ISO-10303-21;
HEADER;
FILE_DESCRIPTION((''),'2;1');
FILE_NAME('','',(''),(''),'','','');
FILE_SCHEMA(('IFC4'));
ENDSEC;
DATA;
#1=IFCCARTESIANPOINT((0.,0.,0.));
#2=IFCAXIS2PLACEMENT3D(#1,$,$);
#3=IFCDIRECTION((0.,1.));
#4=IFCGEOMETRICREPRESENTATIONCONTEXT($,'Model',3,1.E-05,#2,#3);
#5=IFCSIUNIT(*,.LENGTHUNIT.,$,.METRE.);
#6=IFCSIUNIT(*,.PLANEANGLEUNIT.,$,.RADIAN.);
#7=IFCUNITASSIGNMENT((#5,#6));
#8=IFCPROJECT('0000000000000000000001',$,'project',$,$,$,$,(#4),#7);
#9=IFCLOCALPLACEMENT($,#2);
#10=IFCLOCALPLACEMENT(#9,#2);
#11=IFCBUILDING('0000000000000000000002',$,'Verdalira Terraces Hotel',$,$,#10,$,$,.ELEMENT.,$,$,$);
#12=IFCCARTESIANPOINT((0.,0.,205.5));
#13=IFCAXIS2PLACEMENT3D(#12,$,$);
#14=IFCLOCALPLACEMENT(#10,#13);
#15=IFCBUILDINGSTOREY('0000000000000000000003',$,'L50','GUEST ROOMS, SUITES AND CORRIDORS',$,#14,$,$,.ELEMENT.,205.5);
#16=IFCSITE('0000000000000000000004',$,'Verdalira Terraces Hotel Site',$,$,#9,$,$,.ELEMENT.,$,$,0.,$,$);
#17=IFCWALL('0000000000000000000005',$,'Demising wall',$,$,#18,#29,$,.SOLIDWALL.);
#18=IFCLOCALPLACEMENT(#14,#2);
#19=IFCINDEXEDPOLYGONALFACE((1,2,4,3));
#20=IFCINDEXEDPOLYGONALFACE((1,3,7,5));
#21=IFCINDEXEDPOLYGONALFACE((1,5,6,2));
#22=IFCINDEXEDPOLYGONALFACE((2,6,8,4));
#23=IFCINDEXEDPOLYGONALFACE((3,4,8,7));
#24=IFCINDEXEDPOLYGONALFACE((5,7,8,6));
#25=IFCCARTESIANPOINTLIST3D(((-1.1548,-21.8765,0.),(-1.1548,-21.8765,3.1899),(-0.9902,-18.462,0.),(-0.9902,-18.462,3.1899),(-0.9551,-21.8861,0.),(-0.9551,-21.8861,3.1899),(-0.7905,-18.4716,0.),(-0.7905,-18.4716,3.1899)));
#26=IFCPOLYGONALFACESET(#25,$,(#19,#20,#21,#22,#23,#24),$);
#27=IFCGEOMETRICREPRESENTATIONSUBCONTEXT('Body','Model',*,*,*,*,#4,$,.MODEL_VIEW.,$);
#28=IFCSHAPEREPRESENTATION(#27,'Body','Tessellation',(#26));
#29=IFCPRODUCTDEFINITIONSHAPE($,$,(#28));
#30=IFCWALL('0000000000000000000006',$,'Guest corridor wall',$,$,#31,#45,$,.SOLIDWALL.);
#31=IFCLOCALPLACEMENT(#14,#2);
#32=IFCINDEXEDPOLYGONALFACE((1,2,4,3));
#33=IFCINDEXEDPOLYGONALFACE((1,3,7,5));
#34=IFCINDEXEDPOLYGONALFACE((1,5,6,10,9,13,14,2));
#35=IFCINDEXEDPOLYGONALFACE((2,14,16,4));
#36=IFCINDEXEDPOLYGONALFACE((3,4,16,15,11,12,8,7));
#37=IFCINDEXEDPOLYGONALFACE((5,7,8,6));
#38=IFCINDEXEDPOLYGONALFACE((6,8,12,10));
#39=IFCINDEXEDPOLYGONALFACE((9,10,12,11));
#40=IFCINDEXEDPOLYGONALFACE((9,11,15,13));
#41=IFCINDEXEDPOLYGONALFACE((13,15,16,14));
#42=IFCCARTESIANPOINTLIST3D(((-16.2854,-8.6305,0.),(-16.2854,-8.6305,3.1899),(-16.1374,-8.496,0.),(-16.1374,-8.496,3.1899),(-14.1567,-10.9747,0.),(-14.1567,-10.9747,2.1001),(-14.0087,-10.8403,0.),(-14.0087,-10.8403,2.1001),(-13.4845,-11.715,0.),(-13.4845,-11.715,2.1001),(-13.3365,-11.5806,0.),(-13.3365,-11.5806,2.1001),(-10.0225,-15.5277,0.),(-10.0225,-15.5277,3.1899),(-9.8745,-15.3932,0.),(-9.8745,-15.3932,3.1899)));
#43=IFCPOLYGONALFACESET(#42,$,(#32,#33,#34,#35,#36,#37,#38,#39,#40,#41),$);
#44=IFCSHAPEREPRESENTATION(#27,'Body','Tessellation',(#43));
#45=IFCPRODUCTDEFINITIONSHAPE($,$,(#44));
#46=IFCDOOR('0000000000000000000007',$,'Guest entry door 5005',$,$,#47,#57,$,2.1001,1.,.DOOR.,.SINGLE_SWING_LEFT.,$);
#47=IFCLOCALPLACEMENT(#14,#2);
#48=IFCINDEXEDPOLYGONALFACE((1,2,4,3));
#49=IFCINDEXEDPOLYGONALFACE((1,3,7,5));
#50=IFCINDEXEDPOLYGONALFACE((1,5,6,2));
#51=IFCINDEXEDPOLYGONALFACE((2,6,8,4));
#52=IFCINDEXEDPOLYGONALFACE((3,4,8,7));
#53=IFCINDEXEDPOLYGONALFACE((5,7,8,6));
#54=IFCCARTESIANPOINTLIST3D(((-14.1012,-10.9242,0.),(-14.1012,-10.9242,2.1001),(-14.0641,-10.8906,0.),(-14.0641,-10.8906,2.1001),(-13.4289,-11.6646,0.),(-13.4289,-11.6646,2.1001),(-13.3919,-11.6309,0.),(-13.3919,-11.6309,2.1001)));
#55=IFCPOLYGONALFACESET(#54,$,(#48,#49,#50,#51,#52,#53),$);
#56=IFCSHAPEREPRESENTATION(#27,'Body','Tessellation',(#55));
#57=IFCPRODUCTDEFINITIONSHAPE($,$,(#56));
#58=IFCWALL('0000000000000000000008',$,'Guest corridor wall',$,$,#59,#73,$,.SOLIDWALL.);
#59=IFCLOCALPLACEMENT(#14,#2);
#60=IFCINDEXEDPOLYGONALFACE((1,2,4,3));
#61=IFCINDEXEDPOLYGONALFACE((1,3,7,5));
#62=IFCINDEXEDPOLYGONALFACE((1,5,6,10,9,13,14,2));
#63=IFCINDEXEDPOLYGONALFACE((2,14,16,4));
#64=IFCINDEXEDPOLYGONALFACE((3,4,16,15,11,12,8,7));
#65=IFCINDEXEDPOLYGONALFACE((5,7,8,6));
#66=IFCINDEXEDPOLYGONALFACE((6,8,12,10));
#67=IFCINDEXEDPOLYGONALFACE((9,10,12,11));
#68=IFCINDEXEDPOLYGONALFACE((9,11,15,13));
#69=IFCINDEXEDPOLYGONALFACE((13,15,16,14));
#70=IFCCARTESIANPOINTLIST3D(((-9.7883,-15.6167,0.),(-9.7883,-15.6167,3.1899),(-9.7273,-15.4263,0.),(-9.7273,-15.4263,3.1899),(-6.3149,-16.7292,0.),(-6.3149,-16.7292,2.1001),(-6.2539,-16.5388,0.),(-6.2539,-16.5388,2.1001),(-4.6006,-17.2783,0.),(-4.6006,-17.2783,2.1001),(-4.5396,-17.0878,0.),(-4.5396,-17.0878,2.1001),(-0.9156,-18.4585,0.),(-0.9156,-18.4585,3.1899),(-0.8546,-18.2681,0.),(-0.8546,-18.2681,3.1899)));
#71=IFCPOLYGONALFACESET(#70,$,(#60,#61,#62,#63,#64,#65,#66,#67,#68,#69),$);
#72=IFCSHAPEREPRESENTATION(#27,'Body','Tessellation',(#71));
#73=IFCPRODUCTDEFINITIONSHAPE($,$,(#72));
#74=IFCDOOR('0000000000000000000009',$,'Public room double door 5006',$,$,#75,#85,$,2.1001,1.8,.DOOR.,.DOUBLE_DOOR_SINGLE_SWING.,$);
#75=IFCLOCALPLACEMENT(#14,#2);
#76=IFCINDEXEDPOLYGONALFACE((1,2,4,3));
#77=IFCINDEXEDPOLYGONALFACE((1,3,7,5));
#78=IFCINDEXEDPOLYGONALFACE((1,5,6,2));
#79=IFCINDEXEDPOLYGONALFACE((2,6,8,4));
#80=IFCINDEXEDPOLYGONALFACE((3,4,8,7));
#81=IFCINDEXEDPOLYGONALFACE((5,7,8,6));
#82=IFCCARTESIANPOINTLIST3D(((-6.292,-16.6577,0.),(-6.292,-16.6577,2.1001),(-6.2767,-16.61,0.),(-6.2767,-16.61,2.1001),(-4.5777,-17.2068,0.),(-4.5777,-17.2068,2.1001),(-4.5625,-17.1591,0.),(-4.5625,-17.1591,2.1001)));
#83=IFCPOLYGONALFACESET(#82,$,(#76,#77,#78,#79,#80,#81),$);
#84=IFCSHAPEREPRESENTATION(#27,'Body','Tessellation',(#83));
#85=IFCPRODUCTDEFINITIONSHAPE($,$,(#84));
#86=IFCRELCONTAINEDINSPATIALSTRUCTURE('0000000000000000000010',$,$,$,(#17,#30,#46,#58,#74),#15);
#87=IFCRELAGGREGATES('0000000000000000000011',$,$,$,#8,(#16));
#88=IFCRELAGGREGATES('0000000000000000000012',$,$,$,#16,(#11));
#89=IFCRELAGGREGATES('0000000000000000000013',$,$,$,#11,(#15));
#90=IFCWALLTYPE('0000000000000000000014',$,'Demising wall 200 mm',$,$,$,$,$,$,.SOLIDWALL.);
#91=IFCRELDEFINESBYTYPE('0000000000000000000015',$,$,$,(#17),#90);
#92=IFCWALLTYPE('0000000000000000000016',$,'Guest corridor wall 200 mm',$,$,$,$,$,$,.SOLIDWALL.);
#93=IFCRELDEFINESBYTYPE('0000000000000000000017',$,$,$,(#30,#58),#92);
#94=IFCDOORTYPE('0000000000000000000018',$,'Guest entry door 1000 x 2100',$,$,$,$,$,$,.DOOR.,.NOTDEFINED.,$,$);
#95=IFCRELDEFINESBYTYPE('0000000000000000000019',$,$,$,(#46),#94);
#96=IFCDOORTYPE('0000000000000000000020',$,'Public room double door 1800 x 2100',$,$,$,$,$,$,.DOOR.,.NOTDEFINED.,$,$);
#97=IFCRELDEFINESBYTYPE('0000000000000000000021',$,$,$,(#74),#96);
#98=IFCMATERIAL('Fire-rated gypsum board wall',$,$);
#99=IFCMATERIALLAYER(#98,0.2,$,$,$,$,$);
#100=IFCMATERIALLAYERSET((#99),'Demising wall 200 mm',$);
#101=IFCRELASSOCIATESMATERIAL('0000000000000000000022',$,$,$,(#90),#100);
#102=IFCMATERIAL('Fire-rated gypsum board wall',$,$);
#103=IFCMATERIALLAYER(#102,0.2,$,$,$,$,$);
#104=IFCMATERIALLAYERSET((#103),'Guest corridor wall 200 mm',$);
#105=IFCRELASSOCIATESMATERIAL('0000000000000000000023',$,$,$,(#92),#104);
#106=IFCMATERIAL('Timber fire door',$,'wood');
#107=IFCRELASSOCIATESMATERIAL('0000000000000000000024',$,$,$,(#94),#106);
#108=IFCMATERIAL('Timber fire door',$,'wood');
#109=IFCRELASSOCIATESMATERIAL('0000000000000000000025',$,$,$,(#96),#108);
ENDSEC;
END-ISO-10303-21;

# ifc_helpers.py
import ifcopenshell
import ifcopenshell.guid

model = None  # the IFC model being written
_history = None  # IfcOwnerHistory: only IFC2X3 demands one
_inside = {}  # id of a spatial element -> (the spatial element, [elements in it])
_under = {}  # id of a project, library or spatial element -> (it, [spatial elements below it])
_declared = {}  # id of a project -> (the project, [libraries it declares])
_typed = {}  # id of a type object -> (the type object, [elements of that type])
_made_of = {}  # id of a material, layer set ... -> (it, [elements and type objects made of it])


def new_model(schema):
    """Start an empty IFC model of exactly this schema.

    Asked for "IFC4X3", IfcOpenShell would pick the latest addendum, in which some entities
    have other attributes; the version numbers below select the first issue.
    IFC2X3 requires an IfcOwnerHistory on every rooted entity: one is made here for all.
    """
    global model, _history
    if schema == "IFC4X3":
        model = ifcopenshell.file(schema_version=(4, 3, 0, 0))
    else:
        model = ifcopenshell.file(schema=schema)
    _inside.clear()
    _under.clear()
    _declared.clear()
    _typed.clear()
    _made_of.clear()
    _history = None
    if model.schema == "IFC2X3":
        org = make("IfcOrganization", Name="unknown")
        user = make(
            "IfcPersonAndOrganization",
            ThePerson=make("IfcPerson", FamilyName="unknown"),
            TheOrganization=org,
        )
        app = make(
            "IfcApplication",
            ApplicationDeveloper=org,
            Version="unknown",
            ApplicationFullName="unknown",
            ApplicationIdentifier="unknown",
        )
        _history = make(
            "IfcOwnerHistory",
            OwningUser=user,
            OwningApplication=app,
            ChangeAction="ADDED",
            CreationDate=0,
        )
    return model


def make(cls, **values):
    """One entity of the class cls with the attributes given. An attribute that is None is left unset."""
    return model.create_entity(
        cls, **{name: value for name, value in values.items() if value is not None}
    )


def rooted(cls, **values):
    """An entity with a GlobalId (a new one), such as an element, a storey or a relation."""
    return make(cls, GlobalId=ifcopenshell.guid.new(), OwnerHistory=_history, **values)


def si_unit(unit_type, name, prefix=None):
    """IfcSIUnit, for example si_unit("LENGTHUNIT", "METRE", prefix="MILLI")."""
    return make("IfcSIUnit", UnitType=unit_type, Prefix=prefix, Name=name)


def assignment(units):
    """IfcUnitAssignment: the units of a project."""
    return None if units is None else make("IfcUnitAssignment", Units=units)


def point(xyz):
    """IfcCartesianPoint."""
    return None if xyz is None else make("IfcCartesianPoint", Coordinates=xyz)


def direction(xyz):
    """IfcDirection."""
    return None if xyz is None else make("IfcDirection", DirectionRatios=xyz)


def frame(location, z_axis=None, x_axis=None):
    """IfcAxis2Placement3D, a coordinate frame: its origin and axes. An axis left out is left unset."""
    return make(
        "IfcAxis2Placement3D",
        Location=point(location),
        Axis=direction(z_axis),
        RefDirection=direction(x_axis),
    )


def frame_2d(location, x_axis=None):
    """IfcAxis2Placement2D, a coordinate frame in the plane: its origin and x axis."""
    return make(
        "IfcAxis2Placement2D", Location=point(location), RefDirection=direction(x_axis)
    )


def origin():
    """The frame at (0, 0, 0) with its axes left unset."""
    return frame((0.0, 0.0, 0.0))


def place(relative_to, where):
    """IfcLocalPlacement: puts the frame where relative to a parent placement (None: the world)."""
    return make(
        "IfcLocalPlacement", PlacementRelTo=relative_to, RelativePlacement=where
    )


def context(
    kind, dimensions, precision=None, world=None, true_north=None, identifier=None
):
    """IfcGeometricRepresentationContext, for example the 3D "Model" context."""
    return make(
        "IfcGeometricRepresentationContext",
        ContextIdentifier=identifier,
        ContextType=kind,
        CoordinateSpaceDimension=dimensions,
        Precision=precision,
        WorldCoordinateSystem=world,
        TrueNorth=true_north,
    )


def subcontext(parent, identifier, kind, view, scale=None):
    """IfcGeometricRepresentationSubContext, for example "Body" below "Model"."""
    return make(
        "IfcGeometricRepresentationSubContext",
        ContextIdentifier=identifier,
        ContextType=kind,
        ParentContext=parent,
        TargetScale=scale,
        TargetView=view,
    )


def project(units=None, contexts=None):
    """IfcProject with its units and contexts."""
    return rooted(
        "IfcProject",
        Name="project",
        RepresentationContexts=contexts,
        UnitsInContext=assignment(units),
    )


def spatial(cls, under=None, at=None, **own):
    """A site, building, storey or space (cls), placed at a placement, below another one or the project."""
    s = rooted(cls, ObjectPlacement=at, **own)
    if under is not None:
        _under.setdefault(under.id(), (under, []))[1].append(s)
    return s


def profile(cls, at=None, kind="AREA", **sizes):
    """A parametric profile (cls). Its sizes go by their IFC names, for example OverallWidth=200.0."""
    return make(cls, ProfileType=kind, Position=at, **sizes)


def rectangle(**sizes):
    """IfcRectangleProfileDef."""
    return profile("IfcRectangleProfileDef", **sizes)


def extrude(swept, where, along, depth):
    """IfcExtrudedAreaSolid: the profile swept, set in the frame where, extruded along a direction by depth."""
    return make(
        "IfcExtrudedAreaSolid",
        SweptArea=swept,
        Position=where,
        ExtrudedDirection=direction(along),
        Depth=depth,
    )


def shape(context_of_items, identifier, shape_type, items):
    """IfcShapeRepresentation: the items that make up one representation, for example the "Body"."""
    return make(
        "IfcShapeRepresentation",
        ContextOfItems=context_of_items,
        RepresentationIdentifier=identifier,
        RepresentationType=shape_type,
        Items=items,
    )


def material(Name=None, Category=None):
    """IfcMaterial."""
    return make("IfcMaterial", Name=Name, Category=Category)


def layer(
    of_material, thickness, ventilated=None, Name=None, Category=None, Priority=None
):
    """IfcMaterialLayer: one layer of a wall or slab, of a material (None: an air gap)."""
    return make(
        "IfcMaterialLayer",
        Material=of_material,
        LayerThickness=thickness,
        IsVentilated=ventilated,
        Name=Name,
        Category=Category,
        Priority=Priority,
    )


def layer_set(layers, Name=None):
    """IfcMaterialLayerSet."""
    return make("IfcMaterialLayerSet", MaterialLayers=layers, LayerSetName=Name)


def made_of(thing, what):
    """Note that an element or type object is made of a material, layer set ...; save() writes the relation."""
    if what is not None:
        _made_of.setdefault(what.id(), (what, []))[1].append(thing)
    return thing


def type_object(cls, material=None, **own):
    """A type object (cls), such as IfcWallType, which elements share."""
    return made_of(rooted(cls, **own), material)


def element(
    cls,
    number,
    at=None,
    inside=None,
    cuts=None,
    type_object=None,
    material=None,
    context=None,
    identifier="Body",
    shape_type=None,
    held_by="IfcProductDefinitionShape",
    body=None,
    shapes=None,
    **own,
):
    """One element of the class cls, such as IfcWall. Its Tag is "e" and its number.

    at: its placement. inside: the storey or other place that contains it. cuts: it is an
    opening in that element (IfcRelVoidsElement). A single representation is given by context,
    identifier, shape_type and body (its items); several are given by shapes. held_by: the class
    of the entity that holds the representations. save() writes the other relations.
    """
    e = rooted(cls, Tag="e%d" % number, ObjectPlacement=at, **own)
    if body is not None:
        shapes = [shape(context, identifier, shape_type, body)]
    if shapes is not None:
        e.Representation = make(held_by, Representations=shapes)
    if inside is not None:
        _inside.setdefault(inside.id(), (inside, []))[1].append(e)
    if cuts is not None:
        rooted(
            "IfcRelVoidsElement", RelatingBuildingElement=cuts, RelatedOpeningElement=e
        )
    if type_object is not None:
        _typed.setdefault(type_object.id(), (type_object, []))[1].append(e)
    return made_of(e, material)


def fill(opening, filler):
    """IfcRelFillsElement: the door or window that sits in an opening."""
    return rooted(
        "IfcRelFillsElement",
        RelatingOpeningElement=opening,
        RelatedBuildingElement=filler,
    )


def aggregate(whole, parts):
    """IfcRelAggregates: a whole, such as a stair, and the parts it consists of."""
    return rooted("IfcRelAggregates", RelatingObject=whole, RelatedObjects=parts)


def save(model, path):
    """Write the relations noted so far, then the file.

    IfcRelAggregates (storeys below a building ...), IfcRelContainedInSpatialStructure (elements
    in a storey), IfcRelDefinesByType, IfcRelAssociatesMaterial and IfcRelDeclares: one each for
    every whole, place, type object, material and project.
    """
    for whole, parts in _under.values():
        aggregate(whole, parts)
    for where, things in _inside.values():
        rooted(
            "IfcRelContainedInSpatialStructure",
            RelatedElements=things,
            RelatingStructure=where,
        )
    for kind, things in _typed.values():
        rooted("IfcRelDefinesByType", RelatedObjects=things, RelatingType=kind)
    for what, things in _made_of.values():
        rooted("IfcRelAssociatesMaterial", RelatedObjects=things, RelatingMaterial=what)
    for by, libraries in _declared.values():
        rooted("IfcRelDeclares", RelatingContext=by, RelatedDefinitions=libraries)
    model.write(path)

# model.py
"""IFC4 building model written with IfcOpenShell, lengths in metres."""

from ifc_helpers import new_model, si_unit, direction, frame, frame_2d, origin, place, context, subcontext, project, spatial, rectangle, extrude, material, layer, layer_set, type_object, element, fill, save


model = new_model("IFC4")

# Units and contexts
model_context = context("Model", 3, precision=1e-05, world=origin(), true_north=direction((0.0, 1.0)))
body_context = subcontext(model_context, "Body", "Model", "MODEL_VIEW")
ifc_project = project(units=[si_unit("LENGTHUNIT", "METRE"), si_unit("PLANEANGLEUNIT", "RADIAN")], contexts=[model_context])

# Site, building, storey
site_placement = place(None, origin())
site = spatial("IfcSite", under=ifc_project, at=site_placement, Name="Verdalira Terraces Hotel Site", CompositionType="ELEMENT", RefElevation=0.0)
building_placement = place(site_placement, origin())
building = spatial("IfcBuilding", under=site, at=building_placement, Name="Verdalira Terraces Hotel", CompositionType="ELEMENT")
storey_placement = place(building_placement, frame((0.0, 0.0, 205.5)))
storey = spatial("IfcBuildingStorey", under=building, at=storey_placement, Name="L50", Description="GUEST ROOMS, SUITES AND CORRIDORS", CompositionType="ELEMENT", Elevation=205.5)

# Shared definitions
ifc_material_1 = material(Name="Fire-rated gypsum board wall")
ifc_layer_1 = layer(ifc_material_1, 0.2)
ifc_layer_set_1 = layer_set([ifc_layer_1], Name="Demising wall 200 mm")
wall_type_1 = type_object("IfcWallType", Name="Demising wall 200 mm", PredefinedType="SOLIDWALL", material=ifc_layer_set_1)

# Wall
wall_1_placement = place(storey_placement, frame((-0.8904, -18.4668, 0.0), z_axis=(0.0, 0.0, 1.0), x_axis=(-0.048135, -0.998841, 0.0)))
element("IfcWall", 1, at=wall_1_placement, inside=storey, type_object=wall_type_1, Name="Demising wall", PredefinedType="SOLIDWALL", context=body_context, shape_type="SweptSolid", body=[
    extrude(rectangle(XDim=3.4185, YDim=0.2, at=frame_2d((1.7092, 0.0))), origin(), (0.0, 0.0, 1.0), 3.1899),
])

# Walls, openings, doors
ifc_material_2 = material(Name="Fire-rated gypsum board wall")
ifc_layer_2 = layer(ifc_material_2, 0.2)
ifc_layer_set_2 = layer_set([ifc_layer_2], Name="Guest corridor wall 200 mm")
wall_type_2 = type_object("IfcWallType", Name="Guest corridor wall 200 mm", PredefinedType="SOLIDWALL", material=ifc_layer_set_2)
wall_2_placement = place(storey_placement, frame((-9.9485, -15.4604, 0.0), z_axis=(0.0, 0.0, 1.0), x_axis=(-0.672246, 0.740328, 0.0)))
wall_2 = element("IfcWall", 2, at=wall_2_placement, inside=storey, type_object=wall_type_2, Name="Guest corridor wall", PredefinedType="SOLIDWALL", context=body_context, shape_type="SweptSolid", body=[
    extrude(rectangle(XDim=9.3164, YDim=0.2, at=frame_2d((4.6582, 0.0))), origin(), (0.0, 0.0, 1.0), 3.1899),
])
opening_1_placement = place(wall_2_placement, frame((5.1499, 0.0, 0.0)))
opening_1 = element("IfcOpeningElement", 3, at=opening_1_placement, cuts=wall_2, PredefinedType="OPENING", context=body_context, shape_type="SweptSolid", body=[
    extrude(rectangle(XDim=1.0, YDim=2.1001, at=frame_2d((0.5, 1.05))), frame((0.0, 0.1099, 0.0), z_axis=(0.0, -1.0, 0.0), x_axis=(1.0, 0.0, 0.0)), (0.0, 0.0, 1.0), 0.22),
])
ifc_material_3 = material(Name="Timber fire door", Category="wood")
door_type_1 = type_object("IfcDoorType", Name="Guest entry door 1000 x 2100", OperationType="NOTDEFINED", PredefinedType="DOOR", material=ifc_material_3)
door_1_placement = place(opening_1_placement, origin())
door_1 = element("IfcDoor", 4, at=door_1_placement, inside=storey, type_object=door_type_1, Name="Guest entry door 5005", OperationType="SINGLE_SWING_LEFT", OverallHeight=2.1001, OverallWidth=1.0, PredefinedType="DOOR", context=body_context, shape_type="SweptSolid", body=[
    extrude(rectangle(XDim=1.0, YDim=2.1001, at=frame_2d((0.5, 1.05))), frame((0.0, 0.0249, 0.0), z_axis=(0.0, -1.0, 0.0), x_axis=(1.0, 0.0, 0.0)), (0.0, 0.0, 1.0), 0.05),
])
fill(opening_1, door_1)
wall_3_placement = place(storey_placement, frame((-0.8853, -18.3633, 0.0), z_axis=(0.0, 0.0, 1.0), x_axis=(-0.952344, 0.305027, 0.0)))
wall_3 = element("IfcWall", 5, at=wall_3_placement, inside=storey, type_object=wall_type_2, Name="Guest corridor wall", PredefinedType="SOLIDWALL", context=body_context, shape_type="SweptSolid", body=[
    extrude(rectangle(XDim=9.3166, YDim=0.2, at=frame_2d((4.6582, 0.0))), origin(), (0.0, 0.0, 1.0), 3.1899),
])
opening_2_placement = place(wall_3_placement, frame((3.8694, 0.0, 0.0)))
opening_2 = element("IfcOpeningElement", 6, at=opening_2_placement, cuts=wall_3, PredefinedType="OPENING", context=body_context, shape_type="SweptSolid", body=[
    extrude(rectangle(XDim=1.8, YDim=2.1001, at=frame_2d((0.8999, 1.05))), frame((0.0, 0.1099, 0.0), z_axis=(0.0, -1.0, 0.0), x_axis=(1.0, 0.0, 0.0)), (0.0, 0.0, 1.0), 0.22),
])
ifc_material_4 = material(Name="Timber fire door", Category="wood")
door_type_2 = type_object("IfcDoorType", Name="Public room double door 1800 x 2100", OperationType="NOTDEFINED", PredefinedType="DOOR", material=ifc_material_4)
door_2_placement = place(opening_2_placement, origin())
door_2 = element("IfcDoor", 7, at=door_2_placement, inside=storey, type_object=door_type_2, Name="Public room double door 5006", OperationType="DOUBLE_DOOR_SINGLE_SWING", OverallHeight=2.1001, OverallWidth=1.8, PredefinedType="DOOR", context=body_context, shape_type="SweptSolid", body=[
    extrude(rectangle(XDim=1.8, YDim=2.1001, at=frame_2d((0.8999, 1.05))), frame((0.0, 0.0249, 0.0), z_axis=(0.0, -1.0, 0.0), x_axis=(1.0, 0.0, 0.0)), (0.0, 0.0, 1.0), 0.05),
])
fill(opening_2, door_2)

save(model, "model.ifc")
